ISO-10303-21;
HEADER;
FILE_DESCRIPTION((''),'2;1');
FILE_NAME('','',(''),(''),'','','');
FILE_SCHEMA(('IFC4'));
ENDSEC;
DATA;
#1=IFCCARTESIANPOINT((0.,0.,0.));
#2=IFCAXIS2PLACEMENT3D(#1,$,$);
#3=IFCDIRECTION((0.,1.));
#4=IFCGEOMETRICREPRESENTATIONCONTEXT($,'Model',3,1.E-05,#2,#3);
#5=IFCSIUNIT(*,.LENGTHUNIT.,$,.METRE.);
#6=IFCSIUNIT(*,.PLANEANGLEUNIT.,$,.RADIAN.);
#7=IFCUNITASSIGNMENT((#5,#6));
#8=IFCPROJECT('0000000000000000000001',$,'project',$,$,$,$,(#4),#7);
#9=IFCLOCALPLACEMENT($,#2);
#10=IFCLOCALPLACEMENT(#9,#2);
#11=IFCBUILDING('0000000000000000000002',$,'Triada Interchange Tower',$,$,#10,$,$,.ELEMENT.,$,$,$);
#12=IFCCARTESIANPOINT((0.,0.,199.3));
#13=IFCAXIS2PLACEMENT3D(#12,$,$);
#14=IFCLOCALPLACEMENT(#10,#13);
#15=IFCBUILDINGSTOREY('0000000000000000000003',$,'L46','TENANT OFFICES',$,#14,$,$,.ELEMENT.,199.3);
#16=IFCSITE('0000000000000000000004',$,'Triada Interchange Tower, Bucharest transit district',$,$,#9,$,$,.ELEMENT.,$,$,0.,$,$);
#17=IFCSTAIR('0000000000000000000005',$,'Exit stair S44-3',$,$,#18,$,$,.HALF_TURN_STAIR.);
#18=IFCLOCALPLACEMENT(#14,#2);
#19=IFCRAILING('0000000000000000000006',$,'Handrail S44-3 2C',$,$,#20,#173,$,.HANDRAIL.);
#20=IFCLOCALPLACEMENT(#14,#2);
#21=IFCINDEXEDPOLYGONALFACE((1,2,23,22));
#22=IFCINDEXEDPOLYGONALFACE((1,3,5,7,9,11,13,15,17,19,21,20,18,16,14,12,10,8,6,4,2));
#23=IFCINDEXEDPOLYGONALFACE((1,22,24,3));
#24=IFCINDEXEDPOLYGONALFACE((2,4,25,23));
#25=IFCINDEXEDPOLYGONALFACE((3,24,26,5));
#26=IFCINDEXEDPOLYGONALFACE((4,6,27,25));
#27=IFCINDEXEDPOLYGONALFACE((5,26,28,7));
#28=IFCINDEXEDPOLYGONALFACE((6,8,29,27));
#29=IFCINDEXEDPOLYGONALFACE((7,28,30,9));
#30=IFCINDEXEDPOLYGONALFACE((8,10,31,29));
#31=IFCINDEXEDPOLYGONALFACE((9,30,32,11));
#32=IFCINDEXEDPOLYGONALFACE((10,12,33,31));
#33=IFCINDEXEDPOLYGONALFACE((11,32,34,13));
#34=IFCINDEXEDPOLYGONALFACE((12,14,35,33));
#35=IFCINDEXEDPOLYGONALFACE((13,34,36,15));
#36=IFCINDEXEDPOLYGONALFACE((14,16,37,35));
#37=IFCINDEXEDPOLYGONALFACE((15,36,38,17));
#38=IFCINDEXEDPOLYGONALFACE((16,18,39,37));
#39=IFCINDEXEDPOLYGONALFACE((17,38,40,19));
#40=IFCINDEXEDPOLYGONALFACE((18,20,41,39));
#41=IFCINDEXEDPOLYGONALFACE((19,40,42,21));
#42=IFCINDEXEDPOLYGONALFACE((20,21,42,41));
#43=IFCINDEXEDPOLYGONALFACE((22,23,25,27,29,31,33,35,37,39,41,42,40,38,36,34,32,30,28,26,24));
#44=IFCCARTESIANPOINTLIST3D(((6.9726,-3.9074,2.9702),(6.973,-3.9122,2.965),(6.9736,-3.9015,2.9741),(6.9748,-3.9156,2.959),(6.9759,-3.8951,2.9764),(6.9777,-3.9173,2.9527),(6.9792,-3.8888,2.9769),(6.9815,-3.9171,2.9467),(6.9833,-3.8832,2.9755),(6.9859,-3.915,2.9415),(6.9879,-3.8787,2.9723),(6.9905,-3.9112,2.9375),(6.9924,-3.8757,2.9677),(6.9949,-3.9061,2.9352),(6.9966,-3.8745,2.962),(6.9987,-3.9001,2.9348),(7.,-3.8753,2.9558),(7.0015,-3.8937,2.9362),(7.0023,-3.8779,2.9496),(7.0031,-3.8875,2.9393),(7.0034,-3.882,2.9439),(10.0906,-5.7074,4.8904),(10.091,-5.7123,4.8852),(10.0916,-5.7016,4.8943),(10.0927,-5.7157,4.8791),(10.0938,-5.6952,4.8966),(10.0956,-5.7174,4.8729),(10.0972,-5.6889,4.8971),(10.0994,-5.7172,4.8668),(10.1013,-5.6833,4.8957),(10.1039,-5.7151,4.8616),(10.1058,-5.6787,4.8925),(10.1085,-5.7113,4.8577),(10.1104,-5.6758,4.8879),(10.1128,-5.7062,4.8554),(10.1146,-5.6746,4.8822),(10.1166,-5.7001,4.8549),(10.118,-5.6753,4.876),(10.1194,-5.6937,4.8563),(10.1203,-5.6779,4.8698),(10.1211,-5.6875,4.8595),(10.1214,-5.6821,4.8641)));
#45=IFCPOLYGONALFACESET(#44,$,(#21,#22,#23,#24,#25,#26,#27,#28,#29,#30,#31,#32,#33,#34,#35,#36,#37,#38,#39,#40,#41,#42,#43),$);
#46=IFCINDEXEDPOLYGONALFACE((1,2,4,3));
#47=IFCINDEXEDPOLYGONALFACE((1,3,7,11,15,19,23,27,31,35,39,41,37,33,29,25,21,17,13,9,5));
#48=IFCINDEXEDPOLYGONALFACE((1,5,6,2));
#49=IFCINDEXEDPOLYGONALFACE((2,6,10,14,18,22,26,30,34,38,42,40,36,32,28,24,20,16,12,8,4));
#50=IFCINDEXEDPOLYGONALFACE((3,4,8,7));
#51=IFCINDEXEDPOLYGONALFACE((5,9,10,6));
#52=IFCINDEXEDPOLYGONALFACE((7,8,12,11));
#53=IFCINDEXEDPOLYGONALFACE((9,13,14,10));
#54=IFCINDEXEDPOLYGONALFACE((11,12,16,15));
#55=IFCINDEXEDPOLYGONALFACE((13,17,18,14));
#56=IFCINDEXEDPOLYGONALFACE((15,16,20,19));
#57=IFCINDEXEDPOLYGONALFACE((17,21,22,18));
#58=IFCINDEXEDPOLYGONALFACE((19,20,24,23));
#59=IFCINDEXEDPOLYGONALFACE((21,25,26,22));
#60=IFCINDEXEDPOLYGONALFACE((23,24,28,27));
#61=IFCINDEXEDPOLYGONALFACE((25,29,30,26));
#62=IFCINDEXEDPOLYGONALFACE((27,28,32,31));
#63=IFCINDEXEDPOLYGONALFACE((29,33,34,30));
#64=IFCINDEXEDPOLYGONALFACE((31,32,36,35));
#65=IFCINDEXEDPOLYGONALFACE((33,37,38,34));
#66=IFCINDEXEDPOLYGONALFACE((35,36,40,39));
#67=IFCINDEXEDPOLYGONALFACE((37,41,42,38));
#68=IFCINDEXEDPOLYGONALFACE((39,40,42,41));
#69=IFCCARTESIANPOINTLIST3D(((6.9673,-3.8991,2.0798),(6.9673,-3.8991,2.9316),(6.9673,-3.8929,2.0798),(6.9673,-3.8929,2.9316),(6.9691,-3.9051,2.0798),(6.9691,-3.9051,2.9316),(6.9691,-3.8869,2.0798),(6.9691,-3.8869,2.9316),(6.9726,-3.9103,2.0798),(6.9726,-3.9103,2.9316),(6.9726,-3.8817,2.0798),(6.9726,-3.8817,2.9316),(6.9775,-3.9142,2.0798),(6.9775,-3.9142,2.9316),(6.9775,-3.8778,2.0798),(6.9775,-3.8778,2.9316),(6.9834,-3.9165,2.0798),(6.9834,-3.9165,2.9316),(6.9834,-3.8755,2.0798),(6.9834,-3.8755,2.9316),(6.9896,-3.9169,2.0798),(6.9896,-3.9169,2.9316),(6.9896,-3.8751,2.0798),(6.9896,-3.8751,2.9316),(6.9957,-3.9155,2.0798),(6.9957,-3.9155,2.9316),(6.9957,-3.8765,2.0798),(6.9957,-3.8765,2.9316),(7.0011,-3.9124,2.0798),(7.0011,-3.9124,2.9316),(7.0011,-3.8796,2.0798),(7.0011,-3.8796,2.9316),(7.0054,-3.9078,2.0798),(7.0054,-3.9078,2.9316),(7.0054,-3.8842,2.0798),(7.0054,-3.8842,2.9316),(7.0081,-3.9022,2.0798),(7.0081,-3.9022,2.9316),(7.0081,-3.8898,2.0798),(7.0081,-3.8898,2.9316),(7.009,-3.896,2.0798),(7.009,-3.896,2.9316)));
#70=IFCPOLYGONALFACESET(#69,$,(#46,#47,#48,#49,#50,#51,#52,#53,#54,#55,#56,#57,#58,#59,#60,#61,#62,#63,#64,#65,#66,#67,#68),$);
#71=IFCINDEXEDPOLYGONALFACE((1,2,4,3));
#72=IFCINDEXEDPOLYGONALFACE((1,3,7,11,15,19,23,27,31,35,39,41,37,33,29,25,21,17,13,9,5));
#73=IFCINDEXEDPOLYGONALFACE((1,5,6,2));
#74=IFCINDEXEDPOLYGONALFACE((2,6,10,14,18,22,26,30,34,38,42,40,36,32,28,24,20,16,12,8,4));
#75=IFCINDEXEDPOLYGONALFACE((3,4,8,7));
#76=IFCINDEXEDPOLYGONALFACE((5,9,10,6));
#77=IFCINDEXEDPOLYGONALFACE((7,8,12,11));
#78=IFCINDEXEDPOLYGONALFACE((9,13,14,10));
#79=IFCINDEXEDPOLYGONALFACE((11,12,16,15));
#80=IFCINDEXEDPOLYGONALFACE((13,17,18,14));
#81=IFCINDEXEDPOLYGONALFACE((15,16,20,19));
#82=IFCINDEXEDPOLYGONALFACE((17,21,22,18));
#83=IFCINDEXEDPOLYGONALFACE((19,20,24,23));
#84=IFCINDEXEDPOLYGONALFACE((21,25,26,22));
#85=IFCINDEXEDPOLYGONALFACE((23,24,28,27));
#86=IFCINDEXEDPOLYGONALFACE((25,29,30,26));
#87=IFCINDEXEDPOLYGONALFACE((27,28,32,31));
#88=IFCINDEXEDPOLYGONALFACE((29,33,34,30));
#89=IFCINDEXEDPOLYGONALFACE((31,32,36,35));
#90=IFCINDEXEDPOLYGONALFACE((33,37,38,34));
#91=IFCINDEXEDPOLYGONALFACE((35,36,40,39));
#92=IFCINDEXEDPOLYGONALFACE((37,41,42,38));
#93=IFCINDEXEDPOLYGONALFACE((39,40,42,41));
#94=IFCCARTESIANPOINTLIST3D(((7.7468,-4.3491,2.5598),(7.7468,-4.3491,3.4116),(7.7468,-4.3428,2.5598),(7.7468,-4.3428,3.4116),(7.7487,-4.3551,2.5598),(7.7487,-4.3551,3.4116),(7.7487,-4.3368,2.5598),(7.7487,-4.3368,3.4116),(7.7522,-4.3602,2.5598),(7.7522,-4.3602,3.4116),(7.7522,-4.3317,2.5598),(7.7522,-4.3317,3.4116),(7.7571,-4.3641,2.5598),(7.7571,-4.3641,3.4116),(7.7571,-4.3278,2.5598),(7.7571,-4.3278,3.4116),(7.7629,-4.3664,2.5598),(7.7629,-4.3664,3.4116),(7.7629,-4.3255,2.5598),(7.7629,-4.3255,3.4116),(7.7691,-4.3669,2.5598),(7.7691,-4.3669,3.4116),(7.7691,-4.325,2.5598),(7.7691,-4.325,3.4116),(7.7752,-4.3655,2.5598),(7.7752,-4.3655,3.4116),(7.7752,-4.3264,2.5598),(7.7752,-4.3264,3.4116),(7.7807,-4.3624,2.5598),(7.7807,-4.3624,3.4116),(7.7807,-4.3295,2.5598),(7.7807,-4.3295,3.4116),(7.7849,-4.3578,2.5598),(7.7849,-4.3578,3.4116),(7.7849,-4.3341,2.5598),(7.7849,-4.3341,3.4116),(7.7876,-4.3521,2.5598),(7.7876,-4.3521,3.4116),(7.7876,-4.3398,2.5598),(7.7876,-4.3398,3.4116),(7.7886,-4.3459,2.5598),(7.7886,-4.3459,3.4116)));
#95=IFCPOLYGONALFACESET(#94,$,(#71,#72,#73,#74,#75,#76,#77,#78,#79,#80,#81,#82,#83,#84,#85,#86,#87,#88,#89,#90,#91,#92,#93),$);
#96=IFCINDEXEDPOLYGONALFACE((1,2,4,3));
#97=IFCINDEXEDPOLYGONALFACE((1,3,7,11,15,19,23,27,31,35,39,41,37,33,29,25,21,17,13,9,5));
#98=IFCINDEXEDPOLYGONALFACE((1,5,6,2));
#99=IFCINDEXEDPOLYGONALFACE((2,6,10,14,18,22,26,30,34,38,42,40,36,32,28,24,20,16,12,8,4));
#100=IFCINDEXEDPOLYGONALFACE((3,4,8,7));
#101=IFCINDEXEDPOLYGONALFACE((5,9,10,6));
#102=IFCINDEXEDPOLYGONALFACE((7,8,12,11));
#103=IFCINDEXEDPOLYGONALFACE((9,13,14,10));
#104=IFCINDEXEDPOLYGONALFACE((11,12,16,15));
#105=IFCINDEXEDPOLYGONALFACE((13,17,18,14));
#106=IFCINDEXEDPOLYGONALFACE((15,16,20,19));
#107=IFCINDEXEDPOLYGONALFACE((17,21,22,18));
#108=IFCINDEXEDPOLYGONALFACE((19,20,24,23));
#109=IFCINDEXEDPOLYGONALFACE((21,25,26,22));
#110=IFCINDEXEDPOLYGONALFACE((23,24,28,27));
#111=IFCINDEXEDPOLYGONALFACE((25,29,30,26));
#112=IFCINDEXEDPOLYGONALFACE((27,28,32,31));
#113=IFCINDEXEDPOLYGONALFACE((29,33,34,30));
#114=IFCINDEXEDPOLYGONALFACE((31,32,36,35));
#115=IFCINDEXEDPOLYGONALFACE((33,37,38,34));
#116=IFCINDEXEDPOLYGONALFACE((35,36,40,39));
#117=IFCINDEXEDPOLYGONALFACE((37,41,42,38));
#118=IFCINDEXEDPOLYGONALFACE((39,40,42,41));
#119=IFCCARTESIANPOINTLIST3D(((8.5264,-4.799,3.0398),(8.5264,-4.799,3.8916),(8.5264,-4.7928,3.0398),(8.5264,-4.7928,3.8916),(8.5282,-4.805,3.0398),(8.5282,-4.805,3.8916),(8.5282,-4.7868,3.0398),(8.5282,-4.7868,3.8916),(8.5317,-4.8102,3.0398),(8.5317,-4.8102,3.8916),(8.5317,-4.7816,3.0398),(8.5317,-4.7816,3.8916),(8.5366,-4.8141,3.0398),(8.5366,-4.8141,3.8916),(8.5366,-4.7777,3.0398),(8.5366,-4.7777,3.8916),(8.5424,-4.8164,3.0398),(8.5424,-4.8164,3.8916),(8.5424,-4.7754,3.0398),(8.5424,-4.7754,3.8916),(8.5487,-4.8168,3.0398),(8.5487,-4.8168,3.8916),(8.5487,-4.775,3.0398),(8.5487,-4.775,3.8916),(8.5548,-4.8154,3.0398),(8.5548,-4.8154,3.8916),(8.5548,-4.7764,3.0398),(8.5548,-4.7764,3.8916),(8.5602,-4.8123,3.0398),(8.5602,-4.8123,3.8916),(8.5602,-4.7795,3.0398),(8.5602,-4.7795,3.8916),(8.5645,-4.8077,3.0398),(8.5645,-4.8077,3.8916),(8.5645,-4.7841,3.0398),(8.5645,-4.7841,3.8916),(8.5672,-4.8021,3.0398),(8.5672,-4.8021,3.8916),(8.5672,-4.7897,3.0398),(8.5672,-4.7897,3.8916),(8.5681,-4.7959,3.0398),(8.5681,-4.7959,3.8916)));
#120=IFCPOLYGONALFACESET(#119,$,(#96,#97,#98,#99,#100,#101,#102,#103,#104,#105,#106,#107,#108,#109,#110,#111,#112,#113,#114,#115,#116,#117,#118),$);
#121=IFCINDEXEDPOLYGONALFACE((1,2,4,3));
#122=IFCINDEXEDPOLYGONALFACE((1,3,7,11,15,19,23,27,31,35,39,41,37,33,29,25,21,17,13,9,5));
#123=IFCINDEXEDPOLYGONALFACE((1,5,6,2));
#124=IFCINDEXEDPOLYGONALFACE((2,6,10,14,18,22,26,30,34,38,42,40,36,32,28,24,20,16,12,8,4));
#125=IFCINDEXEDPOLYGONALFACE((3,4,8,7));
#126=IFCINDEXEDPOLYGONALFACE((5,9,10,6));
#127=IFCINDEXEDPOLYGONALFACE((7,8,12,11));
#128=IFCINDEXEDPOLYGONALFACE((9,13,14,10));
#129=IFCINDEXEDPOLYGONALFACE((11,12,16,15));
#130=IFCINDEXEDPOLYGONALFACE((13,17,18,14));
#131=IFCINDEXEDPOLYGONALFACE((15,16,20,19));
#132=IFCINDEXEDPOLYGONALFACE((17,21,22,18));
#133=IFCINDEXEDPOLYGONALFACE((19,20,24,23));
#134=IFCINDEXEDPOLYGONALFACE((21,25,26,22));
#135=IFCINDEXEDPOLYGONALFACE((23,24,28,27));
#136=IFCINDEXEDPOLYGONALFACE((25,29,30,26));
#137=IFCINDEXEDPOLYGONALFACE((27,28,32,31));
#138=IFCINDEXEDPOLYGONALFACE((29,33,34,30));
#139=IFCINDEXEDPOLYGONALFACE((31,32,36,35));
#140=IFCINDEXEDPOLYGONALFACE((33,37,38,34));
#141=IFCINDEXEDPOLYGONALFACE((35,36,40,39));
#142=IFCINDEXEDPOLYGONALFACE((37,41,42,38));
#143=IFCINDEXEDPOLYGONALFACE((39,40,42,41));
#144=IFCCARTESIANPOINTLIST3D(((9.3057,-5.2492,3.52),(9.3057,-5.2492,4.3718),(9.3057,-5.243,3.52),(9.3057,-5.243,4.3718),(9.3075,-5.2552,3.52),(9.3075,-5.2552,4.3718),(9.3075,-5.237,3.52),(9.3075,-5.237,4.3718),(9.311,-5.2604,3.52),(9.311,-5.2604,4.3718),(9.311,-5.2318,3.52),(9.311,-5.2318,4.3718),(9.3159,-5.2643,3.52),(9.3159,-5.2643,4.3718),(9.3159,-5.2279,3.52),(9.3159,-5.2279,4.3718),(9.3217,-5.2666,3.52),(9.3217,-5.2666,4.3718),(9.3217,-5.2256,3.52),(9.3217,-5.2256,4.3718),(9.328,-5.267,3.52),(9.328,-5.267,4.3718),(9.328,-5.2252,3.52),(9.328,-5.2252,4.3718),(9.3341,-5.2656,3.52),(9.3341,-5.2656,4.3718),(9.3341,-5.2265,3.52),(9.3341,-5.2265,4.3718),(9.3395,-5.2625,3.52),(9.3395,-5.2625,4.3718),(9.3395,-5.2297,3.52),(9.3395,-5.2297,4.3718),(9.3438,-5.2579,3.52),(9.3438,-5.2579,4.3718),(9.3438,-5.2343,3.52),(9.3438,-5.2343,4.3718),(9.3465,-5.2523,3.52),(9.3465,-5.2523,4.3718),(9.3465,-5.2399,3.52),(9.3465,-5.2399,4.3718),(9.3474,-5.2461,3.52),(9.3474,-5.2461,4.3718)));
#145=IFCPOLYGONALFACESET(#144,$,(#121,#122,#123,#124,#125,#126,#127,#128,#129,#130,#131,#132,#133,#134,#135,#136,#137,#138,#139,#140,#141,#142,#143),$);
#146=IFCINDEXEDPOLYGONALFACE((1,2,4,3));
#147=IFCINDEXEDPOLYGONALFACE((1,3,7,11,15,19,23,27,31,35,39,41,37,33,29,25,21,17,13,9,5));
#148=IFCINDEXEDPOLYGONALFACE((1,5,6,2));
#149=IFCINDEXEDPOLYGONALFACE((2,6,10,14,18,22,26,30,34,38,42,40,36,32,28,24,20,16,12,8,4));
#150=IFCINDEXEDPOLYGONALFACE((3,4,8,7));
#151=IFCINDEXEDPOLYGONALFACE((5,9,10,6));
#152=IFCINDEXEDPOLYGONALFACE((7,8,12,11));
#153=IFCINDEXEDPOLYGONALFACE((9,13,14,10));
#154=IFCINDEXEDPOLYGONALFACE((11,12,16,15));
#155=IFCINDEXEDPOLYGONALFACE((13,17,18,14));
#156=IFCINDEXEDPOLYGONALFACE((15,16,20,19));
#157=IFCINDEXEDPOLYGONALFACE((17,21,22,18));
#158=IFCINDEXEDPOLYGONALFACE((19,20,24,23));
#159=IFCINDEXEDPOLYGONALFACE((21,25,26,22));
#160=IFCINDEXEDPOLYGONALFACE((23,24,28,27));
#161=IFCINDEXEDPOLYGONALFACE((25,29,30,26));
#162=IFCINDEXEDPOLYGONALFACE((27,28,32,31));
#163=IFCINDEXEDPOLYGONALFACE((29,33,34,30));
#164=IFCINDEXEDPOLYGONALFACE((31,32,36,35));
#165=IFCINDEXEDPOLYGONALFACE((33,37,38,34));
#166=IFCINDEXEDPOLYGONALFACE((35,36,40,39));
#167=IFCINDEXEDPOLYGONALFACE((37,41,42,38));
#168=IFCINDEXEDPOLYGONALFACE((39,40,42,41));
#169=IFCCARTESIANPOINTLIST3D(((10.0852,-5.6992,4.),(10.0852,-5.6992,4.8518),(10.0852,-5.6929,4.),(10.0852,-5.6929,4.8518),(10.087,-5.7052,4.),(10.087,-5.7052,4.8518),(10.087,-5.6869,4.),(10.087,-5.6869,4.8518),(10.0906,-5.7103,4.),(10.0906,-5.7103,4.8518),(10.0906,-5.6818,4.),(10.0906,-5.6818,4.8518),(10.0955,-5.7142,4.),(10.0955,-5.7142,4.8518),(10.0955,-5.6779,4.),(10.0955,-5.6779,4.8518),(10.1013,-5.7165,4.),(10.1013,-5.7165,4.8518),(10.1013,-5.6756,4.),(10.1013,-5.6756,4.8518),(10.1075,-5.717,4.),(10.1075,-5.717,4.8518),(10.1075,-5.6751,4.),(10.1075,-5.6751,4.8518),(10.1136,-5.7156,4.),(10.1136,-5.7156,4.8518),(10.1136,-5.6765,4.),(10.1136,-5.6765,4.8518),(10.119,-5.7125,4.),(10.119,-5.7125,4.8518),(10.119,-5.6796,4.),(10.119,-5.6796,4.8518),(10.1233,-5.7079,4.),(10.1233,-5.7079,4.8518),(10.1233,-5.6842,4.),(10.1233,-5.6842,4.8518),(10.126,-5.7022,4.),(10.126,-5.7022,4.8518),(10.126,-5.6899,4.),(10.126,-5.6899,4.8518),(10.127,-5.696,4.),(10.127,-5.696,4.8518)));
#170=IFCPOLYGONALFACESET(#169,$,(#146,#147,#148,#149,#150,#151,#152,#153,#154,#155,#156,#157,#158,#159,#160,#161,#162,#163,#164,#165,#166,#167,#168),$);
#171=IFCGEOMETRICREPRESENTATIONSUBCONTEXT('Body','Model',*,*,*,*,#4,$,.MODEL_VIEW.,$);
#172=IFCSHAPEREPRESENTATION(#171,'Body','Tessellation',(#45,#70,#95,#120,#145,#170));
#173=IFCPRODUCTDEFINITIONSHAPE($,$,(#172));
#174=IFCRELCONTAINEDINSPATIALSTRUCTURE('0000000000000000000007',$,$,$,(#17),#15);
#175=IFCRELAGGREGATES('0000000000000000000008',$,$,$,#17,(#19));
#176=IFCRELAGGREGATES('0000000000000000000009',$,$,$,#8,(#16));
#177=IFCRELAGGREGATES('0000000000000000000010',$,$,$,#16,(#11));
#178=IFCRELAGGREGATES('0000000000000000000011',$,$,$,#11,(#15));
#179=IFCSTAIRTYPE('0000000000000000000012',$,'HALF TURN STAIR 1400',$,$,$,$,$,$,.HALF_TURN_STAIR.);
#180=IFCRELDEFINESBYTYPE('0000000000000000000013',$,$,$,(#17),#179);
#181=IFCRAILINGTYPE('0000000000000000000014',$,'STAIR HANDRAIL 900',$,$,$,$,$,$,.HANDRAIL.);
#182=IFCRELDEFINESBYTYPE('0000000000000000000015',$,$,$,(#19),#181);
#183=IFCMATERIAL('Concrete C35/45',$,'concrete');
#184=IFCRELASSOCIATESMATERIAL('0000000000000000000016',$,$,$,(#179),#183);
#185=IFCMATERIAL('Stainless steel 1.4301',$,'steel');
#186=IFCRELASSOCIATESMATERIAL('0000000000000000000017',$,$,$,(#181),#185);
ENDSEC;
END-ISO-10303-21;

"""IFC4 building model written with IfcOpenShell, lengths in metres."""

from ifc_helpers import new_model, si_unit, direction, frame, origin, origin_2d, place, context, subcontext, project, spatial, circle, extrude, material, type_object, element, aggregate, save


model = new_model("IFC4")

# Units and contexts
model_context = context("Model", 3, precision=1e-05, world=origin(), true_north=direction((0.0, 1.0)))
body_context = subcontext(model_context, "Body", "Model", "MODEL_VIEW")
ifc_project = project(units=[si_unit("LENGTHUNIT", "METRE"), si_unit("PLANEANGLEUNIT", "RADIAN")], contexts=[model_context])

# Site, building, storey
site_placement = place(None, origin())
site = spatial("IfcSite", under=ifc_project, at=site_placement, Name="Triada Interchange Tower, Bucharest transit district", CompositionType="ELEMENT", RefElevation=0.0)
building_placement = place(site_placement, origin())
building = spatial("IfcBuilding", under=site, at=building_placement, Name="Triada Interchange Tower", CompositionType="ELEMENT")
storey_placement = place(building_placement, frame((0.0, 0.0, 199.3)))
storey = spatial("IfcBuildingStorey", under=building, at=storey_placement, Name="L46", Description="TENANT OFFICES", CompositionType="ELEMENT", Elevation=199.3)

# Stair, railing
ifc_material_1 = material(Name="Concrete C35/45", Category="concrete")
stair_type = type_object("IfcStairType", Name="HALF TURN STAIR 1400", PredefinedType="HALF_TURN_STAIR", material=ifc_material_1)
stair_placement = place(storey_placement, origin())
stair = element("IfcStair", 1, at=stair_placement, inside=storey, type_object=stair_type, Name="Exit stair S44-3", PredefinedType="HALF_TURN_STAIR")
ifc_material_2 = material(Name="Stainless steel 1.4301", Category="steel")
railing_type = type_object("IfcRailingType", Name="STAIR HANDRAIL 900", PredefinedType="HANDRAIL", material=ifc_material_2)
railing_1_placement = place(storey_placement, frame((6.988, -3.896, 2.0798)))
railing_1 = element("IfcRailing", 2, at=railing_1_placement, type_object=railing_type, Name="Handrail S44-3 2C", PredefinedType="HANDRAIL", context=body_context, shape_type="SweptSolid", body=[
    extrude(circle(Radius=0.0239, at=origin_2d()), frame((0.0, 0.0, 0.876), z_axis=(0.764145, -0.441159, 0.470597), x_axis=(0.499983, 0.866035, 0.0)), (0.0, 0.0, 1.0), 4.0803),
    extrude(circle(Radius=0.021, at=origin_2d()), origin(), (0.0, 0.0, 1.0), 0.8518),
    extrude(circle(Radius=0.021, at=origin_2d()), frame((0.7795, -0.45, 0.48)), (0.0, 0.0, 1.0), 0.8518),
    extrude(circle(Radius=0.021, at=origin_2d()), frame((1.5591, -0.8999, 0.96)), (0.0, 0.0, 1.0), 0.8518),
    extrude(circle(Radius=0.021, at=origin_2d()), frame((2.3384, -1.3501, 1.4402)), (0.0, 0.0, 1.0), 0.8518),
    extrude(circle(Radius=0.021, at=origin_2d()), frame((3.1179, -1.8, 1.9202)), (0.0, 0.0, 1.0), 0.8518),
])
aggregate(stair, [railing_1])

save(model, "model.ifc")
